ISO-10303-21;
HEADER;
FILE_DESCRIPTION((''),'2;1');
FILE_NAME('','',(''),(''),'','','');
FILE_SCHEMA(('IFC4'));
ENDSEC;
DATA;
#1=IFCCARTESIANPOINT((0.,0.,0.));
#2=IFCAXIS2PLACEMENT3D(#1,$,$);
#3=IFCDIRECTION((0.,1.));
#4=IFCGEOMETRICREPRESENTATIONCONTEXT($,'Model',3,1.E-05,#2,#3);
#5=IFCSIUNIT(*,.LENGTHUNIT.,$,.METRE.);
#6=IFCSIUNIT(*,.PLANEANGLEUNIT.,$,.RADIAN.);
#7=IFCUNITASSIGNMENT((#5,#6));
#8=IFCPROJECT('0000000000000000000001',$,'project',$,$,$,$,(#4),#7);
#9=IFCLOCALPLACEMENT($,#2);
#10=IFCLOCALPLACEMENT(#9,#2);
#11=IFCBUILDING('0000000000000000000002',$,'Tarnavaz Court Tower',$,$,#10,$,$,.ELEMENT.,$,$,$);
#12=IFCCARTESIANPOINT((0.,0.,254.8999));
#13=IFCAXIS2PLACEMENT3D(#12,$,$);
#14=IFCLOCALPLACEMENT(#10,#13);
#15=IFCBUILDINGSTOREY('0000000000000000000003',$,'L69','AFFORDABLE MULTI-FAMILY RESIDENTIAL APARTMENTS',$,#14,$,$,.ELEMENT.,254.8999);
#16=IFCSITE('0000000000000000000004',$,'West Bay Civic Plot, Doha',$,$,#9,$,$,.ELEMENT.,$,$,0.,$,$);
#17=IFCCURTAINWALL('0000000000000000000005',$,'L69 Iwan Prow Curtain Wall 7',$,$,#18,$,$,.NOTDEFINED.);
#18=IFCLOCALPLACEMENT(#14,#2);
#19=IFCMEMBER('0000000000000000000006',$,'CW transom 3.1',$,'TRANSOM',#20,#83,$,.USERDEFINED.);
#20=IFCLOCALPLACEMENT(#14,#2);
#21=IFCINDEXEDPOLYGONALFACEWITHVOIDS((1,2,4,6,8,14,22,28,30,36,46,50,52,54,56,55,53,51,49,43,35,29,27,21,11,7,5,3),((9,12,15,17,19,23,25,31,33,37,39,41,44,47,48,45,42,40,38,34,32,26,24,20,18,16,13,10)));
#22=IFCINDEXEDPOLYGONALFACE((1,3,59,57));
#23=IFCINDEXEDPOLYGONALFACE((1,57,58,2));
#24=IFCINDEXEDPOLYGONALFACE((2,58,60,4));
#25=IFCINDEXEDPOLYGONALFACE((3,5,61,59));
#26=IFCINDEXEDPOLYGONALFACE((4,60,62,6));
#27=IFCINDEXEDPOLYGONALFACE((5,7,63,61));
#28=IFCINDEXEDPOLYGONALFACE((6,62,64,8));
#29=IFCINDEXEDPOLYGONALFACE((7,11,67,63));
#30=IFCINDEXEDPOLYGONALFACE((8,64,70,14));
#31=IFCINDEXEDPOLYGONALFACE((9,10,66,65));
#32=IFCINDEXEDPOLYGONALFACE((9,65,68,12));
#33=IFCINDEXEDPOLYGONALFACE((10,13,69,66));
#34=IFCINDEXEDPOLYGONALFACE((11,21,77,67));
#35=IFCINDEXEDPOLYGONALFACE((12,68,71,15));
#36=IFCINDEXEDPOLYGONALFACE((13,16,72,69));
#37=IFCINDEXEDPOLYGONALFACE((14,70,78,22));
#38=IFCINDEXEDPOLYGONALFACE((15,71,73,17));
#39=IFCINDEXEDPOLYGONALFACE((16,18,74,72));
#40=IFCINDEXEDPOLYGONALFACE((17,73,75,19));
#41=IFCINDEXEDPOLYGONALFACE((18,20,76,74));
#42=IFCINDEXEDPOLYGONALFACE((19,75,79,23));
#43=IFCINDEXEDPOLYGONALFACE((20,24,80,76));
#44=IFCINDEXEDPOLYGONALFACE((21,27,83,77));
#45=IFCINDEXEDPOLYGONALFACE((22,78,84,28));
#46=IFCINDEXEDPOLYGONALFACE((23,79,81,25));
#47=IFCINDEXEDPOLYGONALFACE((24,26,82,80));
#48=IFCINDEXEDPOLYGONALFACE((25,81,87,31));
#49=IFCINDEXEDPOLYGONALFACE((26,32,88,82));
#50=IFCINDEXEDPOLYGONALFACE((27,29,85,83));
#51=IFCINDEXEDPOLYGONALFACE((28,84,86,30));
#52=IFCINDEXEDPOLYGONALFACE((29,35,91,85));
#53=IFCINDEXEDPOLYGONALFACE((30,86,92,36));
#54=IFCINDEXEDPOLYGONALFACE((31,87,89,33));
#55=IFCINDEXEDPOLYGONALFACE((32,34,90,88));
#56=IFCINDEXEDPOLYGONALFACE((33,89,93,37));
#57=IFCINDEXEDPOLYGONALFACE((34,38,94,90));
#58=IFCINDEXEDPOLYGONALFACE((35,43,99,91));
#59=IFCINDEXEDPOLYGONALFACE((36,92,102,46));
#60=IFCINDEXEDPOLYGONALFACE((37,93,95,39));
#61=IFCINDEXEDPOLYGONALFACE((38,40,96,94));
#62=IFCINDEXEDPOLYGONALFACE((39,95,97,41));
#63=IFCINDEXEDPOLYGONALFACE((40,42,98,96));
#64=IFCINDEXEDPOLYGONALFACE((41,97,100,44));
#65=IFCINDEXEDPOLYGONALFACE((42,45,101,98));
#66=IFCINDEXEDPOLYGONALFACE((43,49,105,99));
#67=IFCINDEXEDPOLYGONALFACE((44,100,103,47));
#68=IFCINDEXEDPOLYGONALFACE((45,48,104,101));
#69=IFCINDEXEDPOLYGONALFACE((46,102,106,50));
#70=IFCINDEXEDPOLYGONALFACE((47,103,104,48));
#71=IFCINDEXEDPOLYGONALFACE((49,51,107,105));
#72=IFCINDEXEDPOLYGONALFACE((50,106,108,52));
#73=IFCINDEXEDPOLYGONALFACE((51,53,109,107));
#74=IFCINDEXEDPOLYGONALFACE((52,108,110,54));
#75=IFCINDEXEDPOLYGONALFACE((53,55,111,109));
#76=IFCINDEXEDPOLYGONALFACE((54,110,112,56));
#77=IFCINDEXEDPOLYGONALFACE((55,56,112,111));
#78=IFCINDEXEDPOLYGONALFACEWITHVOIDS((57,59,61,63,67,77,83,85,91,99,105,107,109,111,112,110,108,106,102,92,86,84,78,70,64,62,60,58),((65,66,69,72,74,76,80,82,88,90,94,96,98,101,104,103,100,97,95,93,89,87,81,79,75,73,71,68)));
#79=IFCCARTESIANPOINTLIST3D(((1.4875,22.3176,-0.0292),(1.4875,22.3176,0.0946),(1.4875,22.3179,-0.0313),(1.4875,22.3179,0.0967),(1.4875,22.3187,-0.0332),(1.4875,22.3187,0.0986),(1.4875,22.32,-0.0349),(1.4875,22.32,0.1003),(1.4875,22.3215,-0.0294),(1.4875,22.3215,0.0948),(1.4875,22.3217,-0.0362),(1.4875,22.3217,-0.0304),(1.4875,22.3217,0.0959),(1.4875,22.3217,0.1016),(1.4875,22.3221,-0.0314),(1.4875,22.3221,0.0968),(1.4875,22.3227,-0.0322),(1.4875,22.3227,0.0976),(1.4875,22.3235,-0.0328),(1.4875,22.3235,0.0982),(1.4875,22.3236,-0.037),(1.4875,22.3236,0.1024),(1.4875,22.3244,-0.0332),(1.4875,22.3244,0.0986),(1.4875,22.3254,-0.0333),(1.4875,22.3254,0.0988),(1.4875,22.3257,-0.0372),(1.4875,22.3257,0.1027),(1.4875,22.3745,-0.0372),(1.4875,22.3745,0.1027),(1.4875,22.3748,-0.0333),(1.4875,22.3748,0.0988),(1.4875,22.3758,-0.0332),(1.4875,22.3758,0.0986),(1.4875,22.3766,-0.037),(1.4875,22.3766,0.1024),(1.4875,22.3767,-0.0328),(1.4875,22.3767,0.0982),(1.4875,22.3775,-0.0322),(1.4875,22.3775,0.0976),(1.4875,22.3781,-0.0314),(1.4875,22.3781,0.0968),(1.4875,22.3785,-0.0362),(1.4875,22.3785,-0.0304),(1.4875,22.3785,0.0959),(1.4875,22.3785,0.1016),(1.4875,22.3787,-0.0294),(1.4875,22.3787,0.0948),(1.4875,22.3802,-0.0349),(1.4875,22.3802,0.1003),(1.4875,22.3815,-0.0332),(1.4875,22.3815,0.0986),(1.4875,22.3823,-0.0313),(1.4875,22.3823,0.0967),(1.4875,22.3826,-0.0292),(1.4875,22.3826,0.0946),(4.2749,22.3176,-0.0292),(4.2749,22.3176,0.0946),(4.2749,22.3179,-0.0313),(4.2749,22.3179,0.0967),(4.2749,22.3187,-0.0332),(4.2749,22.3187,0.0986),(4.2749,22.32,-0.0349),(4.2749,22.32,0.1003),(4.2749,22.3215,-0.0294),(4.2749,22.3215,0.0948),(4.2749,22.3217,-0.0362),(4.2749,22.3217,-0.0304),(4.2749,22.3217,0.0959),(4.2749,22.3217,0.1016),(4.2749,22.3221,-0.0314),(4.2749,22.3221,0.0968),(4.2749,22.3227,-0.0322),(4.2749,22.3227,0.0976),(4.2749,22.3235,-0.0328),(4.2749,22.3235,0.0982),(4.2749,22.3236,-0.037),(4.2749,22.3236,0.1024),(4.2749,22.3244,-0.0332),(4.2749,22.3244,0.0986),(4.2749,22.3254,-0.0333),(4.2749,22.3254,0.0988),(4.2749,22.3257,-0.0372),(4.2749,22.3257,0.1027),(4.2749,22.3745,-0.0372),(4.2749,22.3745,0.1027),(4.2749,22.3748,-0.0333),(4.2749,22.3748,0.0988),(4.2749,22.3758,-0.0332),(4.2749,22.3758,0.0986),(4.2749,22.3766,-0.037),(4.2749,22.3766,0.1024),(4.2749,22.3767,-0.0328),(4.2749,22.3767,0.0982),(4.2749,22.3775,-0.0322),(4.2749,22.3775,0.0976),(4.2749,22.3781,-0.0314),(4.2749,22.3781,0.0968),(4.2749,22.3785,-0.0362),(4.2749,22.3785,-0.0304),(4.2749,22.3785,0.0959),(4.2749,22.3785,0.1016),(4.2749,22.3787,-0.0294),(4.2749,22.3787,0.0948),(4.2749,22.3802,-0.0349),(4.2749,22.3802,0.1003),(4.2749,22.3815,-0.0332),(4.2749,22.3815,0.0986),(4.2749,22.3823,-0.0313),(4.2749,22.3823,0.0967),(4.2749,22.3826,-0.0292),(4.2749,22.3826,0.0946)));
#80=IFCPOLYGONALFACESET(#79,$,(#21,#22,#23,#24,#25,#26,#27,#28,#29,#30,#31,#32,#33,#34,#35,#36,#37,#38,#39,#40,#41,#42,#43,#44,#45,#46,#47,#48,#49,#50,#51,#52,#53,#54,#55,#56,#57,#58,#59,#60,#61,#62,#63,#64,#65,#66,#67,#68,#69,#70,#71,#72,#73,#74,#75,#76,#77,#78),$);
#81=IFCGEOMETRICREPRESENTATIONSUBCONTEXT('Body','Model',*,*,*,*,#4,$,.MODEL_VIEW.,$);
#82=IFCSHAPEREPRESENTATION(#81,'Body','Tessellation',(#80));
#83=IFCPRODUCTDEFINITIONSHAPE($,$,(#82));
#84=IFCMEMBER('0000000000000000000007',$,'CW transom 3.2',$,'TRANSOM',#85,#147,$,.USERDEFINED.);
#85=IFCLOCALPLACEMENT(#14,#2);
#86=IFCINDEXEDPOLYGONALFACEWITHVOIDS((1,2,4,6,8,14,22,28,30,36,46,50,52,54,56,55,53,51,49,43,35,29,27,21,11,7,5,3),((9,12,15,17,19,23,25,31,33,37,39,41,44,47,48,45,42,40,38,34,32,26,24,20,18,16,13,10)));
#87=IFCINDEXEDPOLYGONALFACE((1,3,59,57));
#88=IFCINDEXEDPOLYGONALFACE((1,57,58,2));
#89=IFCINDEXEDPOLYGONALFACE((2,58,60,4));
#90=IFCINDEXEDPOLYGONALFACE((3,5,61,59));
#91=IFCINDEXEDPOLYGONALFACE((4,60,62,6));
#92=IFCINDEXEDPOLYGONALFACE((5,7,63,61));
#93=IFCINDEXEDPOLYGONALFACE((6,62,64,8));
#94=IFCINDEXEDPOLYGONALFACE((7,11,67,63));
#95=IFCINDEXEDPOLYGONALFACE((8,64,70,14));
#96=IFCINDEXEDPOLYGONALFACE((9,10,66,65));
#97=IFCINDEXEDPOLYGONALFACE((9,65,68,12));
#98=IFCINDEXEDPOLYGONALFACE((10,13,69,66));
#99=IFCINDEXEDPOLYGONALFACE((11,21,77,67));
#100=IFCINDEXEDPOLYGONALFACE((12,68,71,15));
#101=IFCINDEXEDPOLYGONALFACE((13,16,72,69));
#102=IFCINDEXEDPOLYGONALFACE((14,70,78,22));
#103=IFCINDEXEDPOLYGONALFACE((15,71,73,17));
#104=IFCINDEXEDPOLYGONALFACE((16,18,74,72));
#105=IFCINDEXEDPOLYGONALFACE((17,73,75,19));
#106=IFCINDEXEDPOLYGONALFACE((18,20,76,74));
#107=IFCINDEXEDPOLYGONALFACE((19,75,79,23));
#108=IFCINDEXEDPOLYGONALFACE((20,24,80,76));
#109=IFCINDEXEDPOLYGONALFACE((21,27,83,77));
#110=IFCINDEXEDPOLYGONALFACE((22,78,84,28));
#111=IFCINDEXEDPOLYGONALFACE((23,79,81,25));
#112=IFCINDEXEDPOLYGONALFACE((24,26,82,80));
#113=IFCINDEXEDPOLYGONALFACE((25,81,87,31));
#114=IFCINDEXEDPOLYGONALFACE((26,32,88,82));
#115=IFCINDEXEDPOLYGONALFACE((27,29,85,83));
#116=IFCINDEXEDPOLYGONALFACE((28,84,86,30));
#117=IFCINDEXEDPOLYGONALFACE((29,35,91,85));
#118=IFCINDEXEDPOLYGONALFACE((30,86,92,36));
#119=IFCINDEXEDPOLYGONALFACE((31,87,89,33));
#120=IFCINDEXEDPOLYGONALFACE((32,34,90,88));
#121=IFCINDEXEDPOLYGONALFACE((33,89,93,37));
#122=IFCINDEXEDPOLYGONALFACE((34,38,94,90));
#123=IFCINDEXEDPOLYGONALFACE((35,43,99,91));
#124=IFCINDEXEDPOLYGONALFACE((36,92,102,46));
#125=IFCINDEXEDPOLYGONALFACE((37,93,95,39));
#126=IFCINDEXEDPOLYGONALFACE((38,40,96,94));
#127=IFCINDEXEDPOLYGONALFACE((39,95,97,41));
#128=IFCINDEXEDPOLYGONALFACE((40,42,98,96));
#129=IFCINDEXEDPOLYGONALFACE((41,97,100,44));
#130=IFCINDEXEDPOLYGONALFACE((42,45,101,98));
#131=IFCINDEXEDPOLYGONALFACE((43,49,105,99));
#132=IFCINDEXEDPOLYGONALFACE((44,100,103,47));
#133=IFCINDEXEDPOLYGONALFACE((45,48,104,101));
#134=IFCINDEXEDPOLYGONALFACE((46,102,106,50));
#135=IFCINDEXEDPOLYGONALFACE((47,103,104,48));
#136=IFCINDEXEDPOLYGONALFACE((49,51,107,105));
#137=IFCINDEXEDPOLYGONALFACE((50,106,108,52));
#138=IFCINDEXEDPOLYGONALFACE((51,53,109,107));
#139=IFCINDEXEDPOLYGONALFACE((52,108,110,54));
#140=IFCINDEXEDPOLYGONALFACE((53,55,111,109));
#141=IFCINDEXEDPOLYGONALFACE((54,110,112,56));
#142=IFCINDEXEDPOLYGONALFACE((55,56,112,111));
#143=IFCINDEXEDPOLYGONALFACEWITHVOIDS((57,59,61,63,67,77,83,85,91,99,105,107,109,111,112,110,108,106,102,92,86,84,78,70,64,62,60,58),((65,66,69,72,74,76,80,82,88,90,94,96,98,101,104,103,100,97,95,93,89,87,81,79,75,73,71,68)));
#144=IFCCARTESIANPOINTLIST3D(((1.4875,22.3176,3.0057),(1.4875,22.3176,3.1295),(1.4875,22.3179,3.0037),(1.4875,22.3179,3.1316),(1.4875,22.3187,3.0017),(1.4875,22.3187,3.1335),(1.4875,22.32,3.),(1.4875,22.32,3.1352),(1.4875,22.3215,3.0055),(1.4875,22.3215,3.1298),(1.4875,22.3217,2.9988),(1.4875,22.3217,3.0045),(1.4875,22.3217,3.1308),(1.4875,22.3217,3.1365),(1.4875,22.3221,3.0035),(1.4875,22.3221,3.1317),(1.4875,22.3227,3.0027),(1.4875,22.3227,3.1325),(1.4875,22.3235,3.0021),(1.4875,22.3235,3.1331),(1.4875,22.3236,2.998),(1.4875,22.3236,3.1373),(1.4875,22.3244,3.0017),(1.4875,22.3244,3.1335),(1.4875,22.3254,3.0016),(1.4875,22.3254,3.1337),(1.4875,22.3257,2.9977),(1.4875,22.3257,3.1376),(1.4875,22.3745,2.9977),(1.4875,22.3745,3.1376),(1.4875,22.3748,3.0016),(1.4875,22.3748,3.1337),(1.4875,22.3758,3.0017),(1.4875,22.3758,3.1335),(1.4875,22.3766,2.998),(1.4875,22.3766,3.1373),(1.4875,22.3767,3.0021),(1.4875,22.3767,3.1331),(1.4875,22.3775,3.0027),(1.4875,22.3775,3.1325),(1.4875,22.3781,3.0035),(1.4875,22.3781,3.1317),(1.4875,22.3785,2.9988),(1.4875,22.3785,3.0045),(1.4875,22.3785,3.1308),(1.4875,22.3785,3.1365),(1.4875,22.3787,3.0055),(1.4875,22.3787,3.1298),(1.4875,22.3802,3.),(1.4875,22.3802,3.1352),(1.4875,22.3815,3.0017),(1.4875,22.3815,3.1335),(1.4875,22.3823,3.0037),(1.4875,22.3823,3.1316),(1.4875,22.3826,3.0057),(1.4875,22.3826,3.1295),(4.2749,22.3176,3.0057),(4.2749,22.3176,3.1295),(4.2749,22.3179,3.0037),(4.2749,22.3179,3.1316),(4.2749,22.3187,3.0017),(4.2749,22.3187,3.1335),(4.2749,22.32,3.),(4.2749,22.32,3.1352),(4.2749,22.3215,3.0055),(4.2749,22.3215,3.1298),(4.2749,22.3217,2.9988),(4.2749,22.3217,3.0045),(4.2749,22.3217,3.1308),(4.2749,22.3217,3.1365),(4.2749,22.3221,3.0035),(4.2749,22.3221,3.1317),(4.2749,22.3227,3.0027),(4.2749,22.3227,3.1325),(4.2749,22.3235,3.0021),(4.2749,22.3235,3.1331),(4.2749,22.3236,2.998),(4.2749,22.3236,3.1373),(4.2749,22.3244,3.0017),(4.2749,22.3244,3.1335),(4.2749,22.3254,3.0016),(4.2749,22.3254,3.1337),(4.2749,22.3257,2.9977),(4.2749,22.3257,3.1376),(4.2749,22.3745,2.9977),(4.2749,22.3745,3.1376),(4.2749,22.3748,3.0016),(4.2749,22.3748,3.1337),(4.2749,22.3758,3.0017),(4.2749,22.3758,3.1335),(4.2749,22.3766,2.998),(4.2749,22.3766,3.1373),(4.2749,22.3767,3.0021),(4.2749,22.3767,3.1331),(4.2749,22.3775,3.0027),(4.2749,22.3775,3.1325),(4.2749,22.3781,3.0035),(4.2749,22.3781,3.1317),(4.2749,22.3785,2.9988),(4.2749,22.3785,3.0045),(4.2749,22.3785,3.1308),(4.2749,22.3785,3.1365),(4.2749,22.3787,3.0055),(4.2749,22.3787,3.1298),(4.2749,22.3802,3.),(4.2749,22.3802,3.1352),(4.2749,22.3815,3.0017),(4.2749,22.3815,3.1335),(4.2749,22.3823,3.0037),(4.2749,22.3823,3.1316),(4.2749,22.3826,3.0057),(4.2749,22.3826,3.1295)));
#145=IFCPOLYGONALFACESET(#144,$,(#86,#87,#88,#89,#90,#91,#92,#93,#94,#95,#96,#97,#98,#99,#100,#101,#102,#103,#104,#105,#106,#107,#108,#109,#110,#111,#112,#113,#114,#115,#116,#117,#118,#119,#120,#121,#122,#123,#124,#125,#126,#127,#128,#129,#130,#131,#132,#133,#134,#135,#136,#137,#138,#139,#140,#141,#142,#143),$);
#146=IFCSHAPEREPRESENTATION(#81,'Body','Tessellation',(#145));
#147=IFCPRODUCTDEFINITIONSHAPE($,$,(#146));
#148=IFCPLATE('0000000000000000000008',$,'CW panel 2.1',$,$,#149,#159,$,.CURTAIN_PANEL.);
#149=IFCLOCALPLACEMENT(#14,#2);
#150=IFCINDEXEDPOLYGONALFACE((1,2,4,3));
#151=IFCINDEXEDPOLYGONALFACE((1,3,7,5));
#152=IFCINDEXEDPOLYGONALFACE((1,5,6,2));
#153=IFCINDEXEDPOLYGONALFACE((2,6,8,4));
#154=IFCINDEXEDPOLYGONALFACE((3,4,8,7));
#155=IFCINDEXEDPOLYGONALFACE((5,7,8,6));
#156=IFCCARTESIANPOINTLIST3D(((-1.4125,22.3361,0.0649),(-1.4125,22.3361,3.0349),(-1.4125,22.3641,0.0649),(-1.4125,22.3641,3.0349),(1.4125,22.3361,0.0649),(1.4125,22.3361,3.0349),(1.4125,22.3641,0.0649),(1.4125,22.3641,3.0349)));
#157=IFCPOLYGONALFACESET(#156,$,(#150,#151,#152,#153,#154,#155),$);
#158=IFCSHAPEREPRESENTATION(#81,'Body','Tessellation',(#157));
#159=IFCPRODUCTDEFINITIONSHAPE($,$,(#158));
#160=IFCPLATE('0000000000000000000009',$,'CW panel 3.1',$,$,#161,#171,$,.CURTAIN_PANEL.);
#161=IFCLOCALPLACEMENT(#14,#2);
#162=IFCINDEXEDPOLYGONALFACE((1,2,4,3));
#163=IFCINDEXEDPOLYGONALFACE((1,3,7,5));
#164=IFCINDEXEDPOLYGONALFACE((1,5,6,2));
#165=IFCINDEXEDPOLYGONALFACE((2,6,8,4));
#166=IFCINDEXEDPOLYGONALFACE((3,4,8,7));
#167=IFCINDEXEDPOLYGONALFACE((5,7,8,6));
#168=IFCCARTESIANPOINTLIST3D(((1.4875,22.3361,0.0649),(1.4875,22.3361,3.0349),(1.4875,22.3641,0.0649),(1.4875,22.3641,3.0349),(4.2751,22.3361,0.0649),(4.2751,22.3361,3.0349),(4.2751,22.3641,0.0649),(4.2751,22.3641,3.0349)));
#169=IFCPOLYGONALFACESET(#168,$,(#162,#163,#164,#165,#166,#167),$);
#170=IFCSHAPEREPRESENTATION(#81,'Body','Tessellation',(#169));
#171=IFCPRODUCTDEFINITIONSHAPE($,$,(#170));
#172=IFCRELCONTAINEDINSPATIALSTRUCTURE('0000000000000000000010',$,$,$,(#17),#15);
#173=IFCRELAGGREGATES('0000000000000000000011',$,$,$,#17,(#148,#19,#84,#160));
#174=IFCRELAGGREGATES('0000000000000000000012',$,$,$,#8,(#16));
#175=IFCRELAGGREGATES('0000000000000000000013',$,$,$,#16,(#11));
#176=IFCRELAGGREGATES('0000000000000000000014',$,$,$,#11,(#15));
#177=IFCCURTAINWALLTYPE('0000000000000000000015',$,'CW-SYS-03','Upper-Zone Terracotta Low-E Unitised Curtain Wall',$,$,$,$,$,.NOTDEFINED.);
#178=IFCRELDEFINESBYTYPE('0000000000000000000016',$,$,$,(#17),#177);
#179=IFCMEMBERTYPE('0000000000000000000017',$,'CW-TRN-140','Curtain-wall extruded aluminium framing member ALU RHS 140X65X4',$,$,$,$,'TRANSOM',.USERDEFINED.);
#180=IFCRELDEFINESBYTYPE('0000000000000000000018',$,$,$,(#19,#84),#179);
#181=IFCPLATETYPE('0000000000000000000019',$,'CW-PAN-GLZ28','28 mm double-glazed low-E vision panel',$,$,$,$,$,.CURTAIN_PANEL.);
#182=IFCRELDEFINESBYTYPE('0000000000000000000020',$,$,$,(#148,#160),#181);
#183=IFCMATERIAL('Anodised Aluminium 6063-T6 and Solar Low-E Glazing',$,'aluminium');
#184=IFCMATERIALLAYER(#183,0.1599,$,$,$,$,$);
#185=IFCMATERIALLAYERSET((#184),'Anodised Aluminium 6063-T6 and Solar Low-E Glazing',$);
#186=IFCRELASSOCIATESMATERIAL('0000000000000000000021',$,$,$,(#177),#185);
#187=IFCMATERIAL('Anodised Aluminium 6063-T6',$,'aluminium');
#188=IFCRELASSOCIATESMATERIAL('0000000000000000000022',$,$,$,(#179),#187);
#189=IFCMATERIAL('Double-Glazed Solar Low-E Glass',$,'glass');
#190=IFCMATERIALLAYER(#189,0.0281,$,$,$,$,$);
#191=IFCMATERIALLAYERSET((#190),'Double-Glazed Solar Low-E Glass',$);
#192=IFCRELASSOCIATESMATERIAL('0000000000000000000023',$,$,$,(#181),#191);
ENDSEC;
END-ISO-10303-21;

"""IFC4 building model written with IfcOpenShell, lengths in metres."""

from ifc_helpers import new_model, si_unit, direction, frame, origin, origin_2d, place, context, subcontext, project, spatial, rectangle, hollow_rectangle, extrude, material, layer, layer_set, material_profile, profile_set, type_object, element, aggregate, save


model = new_model("IFC4")

# Units and contexts
model_context = context("Model", 3, precision=1e-05, world=origin(), true_north=direction((0.0, 1.0)))
body_context = subcontext(model_context, "Body", "Model", "MODEL_VIEW")
ifc_project = project(units=[si_unit("LENGTHUNIT", "METRE"), si_unit("PLANEANGLEUNIT", "RADIAN")], contexts=[model_context])

# Site, building, storey
site_placement = place(None, origin())
site = spatial("IfcSite", under=ifc_project, at=site_placement, Name="West Bay Civic Plot, Doha", CompositionType="ELEMENT", RefElevation=0.0)
building_placement = place(site_placement, origin())
building = spatial("IfcBuilding", under=site, at=building_placement, Name="Tarnavaz Court Tower", CompositionType="ELEMENT")
storey_placement = place(building_placement, frame((0.0, 0.0, 254.8999)))
storey = spatial("IfcBuildingStorey", under=building, at=storey_placement, Name="L69", Description="AFFORDABLE MULTI-FAMILY RESIDENTIAL APARTMENTS", CompositionType="ELEMENT", Elevation=254.8999)

# Curtain wall, members, plates
ifc_material_1 = material(Name="Anodised Aluminium 6063-T6 and Solar Low-E Glazing", Category="aluminium")
ifc_layer_1 = layer(ifc_material_1, 0.1599)
ifc_layer_set_1 = layer_set([ifc_layer_1], Name="Anodised Aluminium 6063-T6 and Solar Low-E Glazing")
curtain_wall_type = type_object("IfcCurtainWallType", Name="CW-SYS-03", Description="Upper-Zone Terracotta Low-E Unitised Curtain Wall", PredefinedType="NOTDEFINED", material=ifc_layer_set_1)
curtain_wall_placement = place(storey_placement, origin())
curtain_wall = element("IfcCurtainWall", 1, at=curtain_wall_placement, inside=storey, type_object=curtain_wall_type, Name="L69 Iwan Prow Curtain Wall 7", PredefinedType="NOTDEFINED")
ifc_material_2 = material(Name="Anodised Aluminium 6063-T6", Category="aluminium")
ifc_material_profile_1 = material_profile(ifc_material_2, hollow_rectangle(XDim=0.0649, YDim=0.1399, WallThickness=0.0039, InnerFilletRadius=0.0039, OuterFilletRadius=0.0081, at=origin_2d()), Name="ALU RHS 140X65X4")
ifc_profile_set_1 = profile_set([ifc_material_profile_1], Name="Anodised Aluminium 6063-T6")
member_type_1 = type_object("IfcMemberType", Name="CW-TRN-140", Description="Curtain-wall extruded aluminium framing member ALU RHS 140X65X4", ElementType="TRANSOM", PredefinedType="USERDEFINED", material=ifc_profile_set_1)
member_1_placement = place(storey_placement, frame((1.4875, 22.3501, 0.0327), z_axis=(1.0, 0.0, 0.0), x_axis=(0.0, 1.0, 0.0)))
member_1 = element("IfcMember", 2, at=member_1_placement, type_object=member_type_1, Name="CW transom 3.1", ObjectType="TRANSOM", PredefinedType="USERDEFINED", context=body_context, shape_type="SweptSolid", body=[
    extrude(hollow_rectangle(XDim=0.0649, YDim=0.1399, WallThickness=0.0039, InnerFilletRadius=0.0039, OuterFilletRadius=0.0081, at=origin_2d()), origin(), (0.0, 0.0, 1.0), 2.7874),
])
member_2_placement = place(storey_placement, frame((1.4875, 22.3501, 3.0676), z_axis=(1.0, 0.0, 0.0), x_axis=(0.0, 1.0, 0.0)))
member_2 = element("IfcMember", 3, at=member_2_placement, type_object=member_type_1, Name="CW transom 3.2", ObjectType="TRANSOM", PredefinedType="USERDEFINED", context=body_context, shape_type="SweptSolid", body=[
    extrude(hollow_rectangle(XDim=0.0649, YDim=0.1399, WallThickness=0.0039, InnerFilletRadius=0.0039, OuterFilletRadius=0.0081, at=origin_2d()), origin(), (0.0, 0.0, 1.0), 2.7874),
])
ifc_material_3 = material(Name="Double-Glazed Solar Low-E Glass", Category="glass")
ifc_layer_2 = layer(ifc_material_3, 0.0281)
ifc_layer_set_2 = layer_set([ifc_layer_2], Name="Double-Glazed Solar Low-E Glass")
plate_type = type_object("IfcPlateType", Name="CW-PAN-GLZ28", Description="28 mm double-glazed low-E vision panel", PredefinedType="CURTAIN_PANEL", material=ifc_layer_set_2)
plate_1_placement = place(storey_placement, frame((0.0, 22.3501, 0.0649), z_axis=(0.0, 0.0, 1.0), x_axis=(1.0, 0.0, 0.0)))
plate_1 = element("IfcPlate", 4, at=plate_1_placement, type_object=plate_type, Name="CW panel 2.1", PredefinedType="CURTAIN_PANEL", context=body_context, shape_type="SweptSolid", body=[
    extrude(rectangle(XDim=2.825, YDim=0.0281, at=origin_2d()), origin(), (0.0, 0.0, 1.0), 2.97),
])
plate_2_placement = place(storey_placement, frame((2.8813, 22.3501, 0.0649), z_axis=(0.0, 0.0, 1.0), x_axis=(1.0, 0.0, 0.0)))
plate_2 = element("IfcPlate", 5, at=plate_2_placement, type_object=plate_type, Name="CW panel 3.1", PredefinedType="CURTAIN_PANEL", context=body_context, shape_type="SweptSolid", body=[
    extrude(rectangle(XDim=2.7876, YDim=0.0281, at=origin_2d()), origin(), (0.0, 0.0, 1.0), 2.97),
])
aggregate(curtain_wall, [plate_1, member_1, member_2, plate_2])

save(model, "model.ifc")
